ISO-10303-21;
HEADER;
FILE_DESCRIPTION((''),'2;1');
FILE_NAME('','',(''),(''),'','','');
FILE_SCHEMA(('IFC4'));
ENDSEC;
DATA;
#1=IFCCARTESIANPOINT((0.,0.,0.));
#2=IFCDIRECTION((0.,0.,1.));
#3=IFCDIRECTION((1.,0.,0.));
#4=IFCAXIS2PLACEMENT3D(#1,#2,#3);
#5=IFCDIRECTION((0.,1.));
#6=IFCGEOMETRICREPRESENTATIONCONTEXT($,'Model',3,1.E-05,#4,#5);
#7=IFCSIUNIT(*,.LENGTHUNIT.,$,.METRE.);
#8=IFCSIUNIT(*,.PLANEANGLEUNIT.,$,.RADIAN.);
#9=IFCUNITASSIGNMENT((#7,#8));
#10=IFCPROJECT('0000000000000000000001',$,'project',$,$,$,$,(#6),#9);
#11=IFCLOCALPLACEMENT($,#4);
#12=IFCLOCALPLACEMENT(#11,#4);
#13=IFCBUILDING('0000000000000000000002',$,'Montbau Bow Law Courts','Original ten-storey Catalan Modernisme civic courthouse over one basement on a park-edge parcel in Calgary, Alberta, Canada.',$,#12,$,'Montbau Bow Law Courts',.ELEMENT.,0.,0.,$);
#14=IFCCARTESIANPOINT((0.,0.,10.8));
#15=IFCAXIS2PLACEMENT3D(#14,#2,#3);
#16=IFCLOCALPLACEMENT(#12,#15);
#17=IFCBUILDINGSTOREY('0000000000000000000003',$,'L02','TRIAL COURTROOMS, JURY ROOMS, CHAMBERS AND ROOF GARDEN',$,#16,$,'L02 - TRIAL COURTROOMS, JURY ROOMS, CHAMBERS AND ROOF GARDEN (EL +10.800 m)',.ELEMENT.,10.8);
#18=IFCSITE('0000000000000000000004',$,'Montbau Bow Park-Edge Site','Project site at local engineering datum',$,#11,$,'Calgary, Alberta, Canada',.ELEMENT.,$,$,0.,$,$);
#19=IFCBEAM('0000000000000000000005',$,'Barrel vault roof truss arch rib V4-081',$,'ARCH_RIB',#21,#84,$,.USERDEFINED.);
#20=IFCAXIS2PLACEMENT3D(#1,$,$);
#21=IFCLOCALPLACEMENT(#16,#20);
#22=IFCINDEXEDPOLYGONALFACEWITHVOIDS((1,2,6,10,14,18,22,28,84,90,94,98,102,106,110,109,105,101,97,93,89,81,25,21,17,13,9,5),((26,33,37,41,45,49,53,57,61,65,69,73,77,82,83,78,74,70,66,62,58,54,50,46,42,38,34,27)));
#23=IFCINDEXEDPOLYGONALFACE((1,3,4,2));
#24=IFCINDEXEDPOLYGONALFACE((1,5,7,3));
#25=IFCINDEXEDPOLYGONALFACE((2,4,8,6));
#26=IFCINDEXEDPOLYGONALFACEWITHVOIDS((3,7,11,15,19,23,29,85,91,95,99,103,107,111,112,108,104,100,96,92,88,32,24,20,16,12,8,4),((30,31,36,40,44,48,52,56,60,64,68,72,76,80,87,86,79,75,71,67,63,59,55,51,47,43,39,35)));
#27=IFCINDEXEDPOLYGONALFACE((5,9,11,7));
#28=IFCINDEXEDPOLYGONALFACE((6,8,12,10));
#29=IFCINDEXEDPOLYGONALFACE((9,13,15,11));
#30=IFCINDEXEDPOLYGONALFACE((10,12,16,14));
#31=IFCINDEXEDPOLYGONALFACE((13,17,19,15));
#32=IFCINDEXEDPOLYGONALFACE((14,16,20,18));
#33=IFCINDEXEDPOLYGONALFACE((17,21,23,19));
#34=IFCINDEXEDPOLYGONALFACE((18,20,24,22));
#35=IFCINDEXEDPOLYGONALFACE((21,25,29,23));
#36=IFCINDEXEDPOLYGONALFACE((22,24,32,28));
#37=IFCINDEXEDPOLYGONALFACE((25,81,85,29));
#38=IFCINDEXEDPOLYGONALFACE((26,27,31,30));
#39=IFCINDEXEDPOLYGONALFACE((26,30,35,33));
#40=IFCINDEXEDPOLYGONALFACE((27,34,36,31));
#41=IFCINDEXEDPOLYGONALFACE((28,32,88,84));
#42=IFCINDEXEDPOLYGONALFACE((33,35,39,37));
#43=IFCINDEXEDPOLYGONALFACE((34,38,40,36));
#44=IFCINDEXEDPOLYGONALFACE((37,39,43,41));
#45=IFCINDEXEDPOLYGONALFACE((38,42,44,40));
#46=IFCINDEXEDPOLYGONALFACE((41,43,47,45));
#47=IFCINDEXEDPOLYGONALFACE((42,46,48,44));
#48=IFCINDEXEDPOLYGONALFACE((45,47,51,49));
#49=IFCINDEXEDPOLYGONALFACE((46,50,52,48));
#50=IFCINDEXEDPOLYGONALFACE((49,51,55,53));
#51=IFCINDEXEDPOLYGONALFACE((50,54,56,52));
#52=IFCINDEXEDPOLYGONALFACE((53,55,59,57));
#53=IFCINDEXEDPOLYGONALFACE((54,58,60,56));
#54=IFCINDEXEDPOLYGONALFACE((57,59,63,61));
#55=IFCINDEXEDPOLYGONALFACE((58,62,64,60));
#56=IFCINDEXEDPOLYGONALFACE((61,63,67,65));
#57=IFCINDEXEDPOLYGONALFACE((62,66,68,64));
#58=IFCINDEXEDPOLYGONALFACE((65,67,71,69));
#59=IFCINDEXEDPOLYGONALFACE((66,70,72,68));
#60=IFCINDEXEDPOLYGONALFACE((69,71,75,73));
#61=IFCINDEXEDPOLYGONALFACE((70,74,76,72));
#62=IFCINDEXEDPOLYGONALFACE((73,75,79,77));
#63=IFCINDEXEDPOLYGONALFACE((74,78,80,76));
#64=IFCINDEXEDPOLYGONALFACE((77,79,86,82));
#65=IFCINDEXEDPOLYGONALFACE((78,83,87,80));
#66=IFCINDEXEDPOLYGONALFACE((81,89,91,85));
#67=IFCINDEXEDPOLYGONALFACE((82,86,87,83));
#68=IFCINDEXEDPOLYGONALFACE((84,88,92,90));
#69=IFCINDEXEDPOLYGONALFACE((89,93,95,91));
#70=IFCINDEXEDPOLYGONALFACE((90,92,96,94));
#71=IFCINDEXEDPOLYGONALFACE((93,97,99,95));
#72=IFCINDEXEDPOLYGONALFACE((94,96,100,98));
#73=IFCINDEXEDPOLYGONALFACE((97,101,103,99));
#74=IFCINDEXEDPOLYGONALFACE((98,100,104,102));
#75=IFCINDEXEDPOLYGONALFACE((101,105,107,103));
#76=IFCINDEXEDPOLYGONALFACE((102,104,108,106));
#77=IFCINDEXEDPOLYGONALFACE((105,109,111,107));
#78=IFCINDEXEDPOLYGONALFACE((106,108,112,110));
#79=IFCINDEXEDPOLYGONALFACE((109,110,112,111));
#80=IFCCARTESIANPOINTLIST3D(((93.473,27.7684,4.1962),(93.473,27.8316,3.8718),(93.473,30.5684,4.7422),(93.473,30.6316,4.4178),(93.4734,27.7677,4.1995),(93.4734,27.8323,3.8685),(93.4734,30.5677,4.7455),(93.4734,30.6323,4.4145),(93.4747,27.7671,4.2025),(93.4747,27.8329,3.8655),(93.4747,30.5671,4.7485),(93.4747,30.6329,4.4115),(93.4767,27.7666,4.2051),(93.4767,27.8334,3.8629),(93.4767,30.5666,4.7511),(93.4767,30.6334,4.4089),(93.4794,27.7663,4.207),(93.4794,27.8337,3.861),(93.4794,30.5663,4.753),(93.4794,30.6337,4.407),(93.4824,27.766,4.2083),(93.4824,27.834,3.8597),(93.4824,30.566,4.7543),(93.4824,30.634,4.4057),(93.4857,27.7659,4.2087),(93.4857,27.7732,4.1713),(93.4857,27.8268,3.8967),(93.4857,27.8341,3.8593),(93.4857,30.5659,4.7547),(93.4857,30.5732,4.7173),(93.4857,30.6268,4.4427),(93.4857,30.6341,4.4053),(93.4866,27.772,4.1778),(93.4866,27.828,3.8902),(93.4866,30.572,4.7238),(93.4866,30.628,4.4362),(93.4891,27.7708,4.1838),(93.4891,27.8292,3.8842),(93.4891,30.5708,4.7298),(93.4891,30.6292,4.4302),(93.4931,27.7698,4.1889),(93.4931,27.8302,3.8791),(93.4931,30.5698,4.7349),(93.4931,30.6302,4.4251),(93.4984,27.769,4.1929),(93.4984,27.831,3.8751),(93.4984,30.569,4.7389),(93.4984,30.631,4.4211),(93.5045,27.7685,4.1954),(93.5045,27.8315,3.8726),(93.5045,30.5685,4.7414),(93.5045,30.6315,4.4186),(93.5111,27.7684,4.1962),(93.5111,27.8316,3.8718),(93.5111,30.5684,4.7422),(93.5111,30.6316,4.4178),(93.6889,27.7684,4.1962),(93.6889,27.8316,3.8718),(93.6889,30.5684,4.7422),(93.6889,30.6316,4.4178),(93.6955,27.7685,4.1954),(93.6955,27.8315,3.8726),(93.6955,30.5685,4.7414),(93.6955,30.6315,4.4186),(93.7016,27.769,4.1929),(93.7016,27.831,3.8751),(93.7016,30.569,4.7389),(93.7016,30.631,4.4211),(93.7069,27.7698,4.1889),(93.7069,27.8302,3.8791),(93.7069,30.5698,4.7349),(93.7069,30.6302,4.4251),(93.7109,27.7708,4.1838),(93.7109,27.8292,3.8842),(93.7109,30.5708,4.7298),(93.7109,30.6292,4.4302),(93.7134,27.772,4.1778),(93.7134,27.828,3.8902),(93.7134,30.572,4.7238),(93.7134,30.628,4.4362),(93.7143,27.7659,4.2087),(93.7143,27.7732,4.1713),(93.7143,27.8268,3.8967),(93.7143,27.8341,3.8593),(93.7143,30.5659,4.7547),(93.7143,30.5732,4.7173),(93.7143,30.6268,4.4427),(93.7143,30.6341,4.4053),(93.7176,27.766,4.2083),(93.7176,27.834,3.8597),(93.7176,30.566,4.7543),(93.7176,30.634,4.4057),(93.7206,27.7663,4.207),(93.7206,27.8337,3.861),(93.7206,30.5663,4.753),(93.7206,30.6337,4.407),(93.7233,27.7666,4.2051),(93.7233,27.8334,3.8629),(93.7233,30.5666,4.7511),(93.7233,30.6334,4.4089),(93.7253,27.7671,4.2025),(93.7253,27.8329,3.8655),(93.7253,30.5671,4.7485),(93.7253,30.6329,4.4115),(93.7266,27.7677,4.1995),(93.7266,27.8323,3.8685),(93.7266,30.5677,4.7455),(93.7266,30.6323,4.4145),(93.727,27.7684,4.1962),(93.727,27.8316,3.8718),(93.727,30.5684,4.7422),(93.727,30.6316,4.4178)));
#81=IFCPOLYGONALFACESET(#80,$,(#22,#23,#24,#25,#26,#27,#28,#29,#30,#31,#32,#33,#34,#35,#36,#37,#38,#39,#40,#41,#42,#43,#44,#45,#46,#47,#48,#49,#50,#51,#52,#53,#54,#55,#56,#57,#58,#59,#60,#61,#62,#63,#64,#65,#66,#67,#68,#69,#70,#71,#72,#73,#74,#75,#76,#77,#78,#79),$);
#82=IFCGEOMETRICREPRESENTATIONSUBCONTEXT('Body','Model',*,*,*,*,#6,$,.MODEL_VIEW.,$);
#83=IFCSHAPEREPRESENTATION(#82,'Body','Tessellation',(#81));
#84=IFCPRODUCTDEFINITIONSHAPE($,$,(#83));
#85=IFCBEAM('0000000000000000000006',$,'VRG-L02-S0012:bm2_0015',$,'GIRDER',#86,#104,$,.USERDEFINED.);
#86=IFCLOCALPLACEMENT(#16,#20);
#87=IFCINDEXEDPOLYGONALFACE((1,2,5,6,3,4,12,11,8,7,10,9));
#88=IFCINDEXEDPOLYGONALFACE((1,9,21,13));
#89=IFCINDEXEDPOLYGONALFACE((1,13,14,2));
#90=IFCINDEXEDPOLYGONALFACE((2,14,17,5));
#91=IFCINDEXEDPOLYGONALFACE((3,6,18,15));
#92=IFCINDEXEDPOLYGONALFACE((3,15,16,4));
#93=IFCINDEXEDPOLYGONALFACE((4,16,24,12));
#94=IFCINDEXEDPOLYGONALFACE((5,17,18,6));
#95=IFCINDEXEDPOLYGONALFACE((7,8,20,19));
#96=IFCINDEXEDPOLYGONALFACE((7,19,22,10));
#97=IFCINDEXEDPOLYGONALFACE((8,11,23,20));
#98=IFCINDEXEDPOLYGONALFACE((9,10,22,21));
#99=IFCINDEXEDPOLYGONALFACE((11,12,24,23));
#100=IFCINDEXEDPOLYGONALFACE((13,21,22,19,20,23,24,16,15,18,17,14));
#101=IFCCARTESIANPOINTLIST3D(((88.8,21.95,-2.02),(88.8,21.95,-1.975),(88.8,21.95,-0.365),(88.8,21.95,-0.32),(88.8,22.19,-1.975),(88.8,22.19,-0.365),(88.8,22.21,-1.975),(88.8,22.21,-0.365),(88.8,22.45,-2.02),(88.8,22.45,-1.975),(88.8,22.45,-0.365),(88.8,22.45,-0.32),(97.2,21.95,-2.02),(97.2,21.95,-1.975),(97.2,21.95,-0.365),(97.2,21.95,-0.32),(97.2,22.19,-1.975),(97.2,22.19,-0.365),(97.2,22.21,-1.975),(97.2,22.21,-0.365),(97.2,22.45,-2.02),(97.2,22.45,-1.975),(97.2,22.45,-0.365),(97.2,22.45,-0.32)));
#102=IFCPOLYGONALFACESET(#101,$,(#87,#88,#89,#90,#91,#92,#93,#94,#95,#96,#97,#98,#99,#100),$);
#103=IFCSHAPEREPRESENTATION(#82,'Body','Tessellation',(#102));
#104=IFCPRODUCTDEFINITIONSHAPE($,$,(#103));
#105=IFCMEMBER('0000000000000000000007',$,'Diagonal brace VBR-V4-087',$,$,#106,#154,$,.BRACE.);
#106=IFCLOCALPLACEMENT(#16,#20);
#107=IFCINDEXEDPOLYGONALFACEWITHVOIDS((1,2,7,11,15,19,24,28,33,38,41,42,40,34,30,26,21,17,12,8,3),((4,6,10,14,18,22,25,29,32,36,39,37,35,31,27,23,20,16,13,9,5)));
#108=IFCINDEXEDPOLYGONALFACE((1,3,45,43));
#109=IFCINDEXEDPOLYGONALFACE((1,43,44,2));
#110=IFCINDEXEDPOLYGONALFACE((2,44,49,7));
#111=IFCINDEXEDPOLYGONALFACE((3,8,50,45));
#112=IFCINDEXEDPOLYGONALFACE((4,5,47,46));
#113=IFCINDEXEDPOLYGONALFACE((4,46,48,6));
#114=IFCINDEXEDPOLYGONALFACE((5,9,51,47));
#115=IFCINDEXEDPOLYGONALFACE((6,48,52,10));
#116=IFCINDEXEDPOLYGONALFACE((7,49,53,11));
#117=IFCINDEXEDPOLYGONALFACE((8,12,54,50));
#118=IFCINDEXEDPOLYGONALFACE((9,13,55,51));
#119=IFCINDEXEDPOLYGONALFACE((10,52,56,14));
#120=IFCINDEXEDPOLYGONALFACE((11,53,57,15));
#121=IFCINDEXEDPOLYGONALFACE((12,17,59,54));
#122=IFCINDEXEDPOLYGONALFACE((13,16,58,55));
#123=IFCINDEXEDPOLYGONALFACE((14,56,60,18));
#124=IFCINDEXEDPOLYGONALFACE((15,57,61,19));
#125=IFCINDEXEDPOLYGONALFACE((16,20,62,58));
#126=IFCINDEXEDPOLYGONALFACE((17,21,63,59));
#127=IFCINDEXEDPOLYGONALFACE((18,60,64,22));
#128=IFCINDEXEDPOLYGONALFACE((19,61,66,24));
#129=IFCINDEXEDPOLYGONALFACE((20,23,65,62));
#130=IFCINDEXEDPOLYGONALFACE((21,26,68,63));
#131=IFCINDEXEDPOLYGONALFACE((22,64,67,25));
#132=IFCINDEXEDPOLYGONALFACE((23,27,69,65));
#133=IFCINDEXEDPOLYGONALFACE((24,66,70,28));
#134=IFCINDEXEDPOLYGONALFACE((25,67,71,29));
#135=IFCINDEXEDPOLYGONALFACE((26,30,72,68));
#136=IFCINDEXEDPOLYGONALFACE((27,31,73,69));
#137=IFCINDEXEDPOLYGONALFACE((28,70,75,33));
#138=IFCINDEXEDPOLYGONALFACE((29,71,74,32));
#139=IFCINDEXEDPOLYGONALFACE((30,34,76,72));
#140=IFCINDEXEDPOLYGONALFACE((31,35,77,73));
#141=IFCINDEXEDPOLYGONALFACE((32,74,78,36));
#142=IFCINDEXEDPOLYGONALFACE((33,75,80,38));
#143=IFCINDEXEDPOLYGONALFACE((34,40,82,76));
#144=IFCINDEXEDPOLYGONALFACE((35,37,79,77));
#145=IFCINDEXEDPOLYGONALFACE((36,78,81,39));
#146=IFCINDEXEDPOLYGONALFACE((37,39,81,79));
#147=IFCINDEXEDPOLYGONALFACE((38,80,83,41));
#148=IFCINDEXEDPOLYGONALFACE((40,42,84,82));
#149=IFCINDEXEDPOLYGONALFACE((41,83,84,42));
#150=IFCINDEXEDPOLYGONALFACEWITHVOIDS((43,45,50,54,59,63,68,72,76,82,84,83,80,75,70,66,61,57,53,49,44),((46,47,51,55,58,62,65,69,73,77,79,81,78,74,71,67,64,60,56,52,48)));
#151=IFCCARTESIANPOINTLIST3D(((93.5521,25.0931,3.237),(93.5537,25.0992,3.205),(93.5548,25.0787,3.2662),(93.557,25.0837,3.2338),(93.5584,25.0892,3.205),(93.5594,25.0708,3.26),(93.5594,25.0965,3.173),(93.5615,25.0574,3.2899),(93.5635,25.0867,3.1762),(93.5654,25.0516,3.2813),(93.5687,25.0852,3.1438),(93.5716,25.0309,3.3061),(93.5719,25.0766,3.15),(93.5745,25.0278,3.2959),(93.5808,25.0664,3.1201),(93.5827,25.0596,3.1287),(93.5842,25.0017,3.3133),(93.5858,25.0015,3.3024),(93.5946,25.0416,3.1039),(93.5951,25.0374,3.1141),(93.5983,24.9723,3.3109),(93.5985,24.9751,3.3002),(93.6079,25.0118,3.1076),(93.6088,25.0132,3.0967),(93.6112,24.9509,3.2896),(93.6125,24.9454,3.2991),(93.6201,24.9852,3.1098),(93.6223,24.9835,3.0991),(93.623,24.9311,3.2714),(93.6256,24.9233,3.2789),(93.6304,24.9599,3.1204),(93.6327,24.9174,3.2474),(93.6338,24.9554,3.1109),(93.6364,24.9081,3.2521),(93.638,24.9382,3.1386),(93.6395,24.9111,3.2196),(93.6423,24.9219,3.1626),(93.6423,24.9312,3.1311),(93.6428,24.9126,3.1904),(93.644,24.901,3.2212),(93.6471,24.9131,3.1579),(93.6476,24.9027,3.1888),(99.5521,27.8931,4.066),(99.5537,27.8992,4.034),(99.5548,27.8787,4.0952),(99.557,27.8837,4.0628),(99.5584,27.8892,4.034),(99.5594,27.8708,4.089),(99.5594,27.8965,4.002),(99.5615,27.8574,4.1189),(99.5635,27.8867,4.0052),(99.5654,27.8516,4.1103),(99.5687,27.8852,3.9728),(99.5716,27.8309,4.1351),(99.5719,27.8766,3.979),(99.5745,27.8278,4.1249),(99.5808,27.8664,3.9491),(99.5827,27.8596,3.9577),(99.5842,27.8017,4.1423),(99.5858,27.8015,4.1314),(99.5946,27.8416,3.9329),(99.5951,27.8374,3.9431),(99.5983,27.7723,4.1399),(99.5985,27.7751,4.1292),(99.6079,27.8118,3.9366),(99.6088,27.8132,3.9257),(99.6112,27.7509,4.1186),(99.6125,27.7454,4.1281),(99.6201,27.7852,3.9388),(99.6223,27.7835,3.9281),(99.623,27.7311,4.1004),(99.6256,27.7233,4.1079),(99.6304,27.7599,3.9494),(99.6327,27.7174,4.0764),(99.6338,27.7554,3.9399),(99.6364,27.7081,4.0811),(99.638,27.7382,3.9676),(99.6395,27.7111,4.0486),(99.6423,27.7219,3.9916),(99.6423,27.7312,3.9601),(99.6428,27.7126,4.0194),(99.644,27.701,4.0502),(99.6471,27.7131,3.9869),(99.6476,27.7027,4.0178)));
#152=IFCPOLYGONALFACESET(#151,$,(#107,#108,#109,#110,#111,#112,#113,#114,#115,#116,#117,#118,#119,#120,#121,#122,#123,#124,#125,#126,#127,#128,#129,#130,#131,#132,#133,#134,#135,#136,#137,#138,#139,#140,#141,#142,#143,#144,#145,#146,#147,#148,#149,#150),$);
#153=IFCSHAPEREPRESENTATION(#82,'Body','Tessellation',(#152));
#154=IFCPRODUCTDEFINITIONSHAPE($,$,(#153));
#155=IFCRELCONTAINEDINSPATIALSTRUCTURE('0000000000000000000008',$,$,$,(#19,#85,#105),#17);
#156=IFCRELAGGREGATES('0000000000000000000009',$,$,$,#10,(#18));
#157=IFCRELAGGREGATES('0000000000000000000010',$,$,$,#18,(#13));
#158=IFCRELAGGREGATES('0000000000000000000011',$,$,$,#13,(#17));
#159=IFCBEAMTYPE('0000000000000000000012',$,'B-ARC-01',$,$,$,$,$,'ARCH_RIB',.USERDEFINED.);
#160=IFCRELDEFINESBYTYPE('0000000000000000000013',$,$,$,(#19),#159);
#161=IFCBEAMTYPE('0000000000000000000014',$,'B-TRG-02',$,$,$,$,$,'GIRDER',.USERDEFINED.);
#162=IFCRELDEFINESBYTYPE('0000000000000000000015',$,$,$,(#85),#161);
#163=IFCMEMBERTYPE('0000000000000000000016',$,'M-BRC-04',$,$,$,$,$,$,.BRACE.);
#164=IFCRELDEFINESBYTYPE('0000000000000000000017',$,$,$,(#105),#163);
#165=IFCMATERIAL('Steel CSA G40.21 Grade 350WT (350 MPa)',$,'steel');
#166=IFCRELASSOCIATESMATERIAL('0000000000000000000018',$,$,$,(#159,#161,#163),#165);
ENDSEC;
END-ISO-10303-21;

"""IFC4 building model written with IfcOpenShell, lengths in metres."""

from ifc_helpers import new_model, si_unit, direction, frame, origin_with_axes, origin_2d_with_axis, place, context, subcontext, project, spatial, hollow_rectangle, hollow_circle, i_section, extrude, material, material_profile, profile_set, type_object, element, save


model = new_model("IFC4")

# Units and contexts
model_context = context("Model", 3, precision=1e-05, world=origin_with_axes(), true_north=direction((0.0, 1.0)))
body_context = subcontext(model_context, "Body", "Model", "MODEL_VIEW")
ifc_project = project(units=[si_unit("LENGTHUNIT", "METRE"), si_unit("PLANEANGLEUNIT", "RADIAN")], contexts=[model_context])

# Site, building, storey
site_placement = place(None, origin_with_axes())
site = spatial("IfcSite", under=ifc_project, at=site_placement, Name="Montbau Bow Park-Edge Site", Description="Project site at local engineering datum", LongName="Calgary, Alberta, Canada", CompositionType="ELEMENT", RefElevation=0.0)
building_placement = place(site_placement, origin_with_axes())
building = spatial("IfcBuilding", under=site, at=building_placement, Name="Montbau Bow Law Courts", Description="Original ten-storey Catalan Modernisme civic courthouse over one basement on a park-edge parcel in Calgary, Alberta, Canada.", LongName="Montbau Bow Law Courts", CompositionType="ELEMENT", ElevationOfRefHeight=0.0, ElevationOfTerrain=0.0)
storey_placement = place(building_placement, frame((0.0, 0.0, 10.8), z_axis=(0.0, 0.0, 1.0), x_axis=(1.0, 0.0, 0.0)))
storey = spatial("IfcBuildingStorey", under=building, at=storey_placement, Name="L02", Description="TRIAL COURTROOMS, JURY ROOMS, CHAMBERS AND ROOF GARDEN", LongName="L02 - TRIAL COURTROOMS, JURY ROOMS, CHAMBERS AND ROOF GARDEN (EL +10.800 m)", CompositionType="ELEMENT", Elevation=10.8)

# Beams
ifc_material_1 = material(Name="Steel CSA G40.21 Grade 350WT (350 MPa)", Category="steel")
ifc_material_profile_1 = material_profile(ifc_material_1, hollow_rectangle(XDim=0.254, YDim=0.356, WallThickness=0.0127, InnerFilletRadius=0.0254, OuterFilletRadius=0.0127, at=origin_2d_with_axis()), Name="HSS356X254X13", Category="Main", Priority=0)
ifc_profile_set_1 = profile_set([ifc_material_profile_1], Name="Steel CSA G40.21 Grade 350WT (350 MPa)")
beam_type_1 = type_object("IfcBeamType", Name="B-ARC-01", ElementType="ARCH_RIB", PredefinedType="USERDEFINED", material=ifc_profile_set_1)
beam_1_placement = place(None, frame((93.6, 27.8, 14.834), z_axis=(0.0, 0.981513, 0.191395), x_axis=(-1.0, 0.0, 0.0)))
element("IfcBeam", 1, at=beam_1_placement, inside=storey, type_object=beam_type_1, Name="Barrel vault roof truss arch rib V4-081", ObjectType="ARCH_RIB", PredefinedType="USERDEFINED", context=body_context, shape_type="SweptSolid", body=[
    extrude(hollow_rectangle(XDim=0.254, YDim=0.356, WallThickness=0.0127, InnerFilletRadius=0.0254, OuterFilletRadius=0.0127, at=origin_2d_with_axis()), origin_with_axes(), (0.0, 0.0, 1.0), 2.8527),
])
ifc_material_profile_2 = material_profile(ifc_material_1, i_section(OverallWidth=0.5, OverallDepth=1.7, WebThickness=0.02, FlangeThickness=0.045, at=origin_2d_with_axis()), Name="WWF1700X480", Category="Main", Priority=0)
ifc_profile_set_2 = profile_set([ifc_material_profile_2], Name="Steel CSA G40.21 Grade 350WT (350 MPa)")
beam_type_2 = type_object("IfcBeamType", Name="B-TRG-02", ElementType="GIRDER", PredefinedType="USERDEFINED", material=ifc_profile_set_2)
beam_2_placement = place(None, frame((88.8, 22.2, 9.63), z_axis=(1.0, 0.0, 0.0), x_axis=(0.0, 1.0, 0.0)))
element("IfcBeam", 2, at=beam_2_placement, inside=storey, type_object=beam_type_2, Name="VRG-L02-S0012:bm2_0015", ObjectType="GIRDER", PredefinedType="USERDEFINED", context=body_context, shape_type="SweptSolid", body=[
    extrude(i_section(OverallWidth=0.5, OverallDepth=1.7, WebThickness=0.02, FlangeThickness=0.045, at=origin_2d_with_axis()), origin_with_axes(), (0.0, 0.0, 1.0), 8.4),
])

# Member
ifc_material_profile_3 = material_profile(ifc_material_1, hollow_circle(Radius=0.1095, WallThickness=0.0111, at=origin_2d_with_axis()), Name="HSS219X11", Category="Main", Priority=0)
ifc_profile_set_3 = profile_set([ifc_material_profile_3], Name="Steel CSA G40.21 Grade 350WT (350 MPa)")
member_type_1 = type_object("IfcMemberType", Name="M-BRC-04", PredefinedType="BRACE", material=ifc_profile_set_3)
member_1_placement = place(None, frame((93.6, 25.0, 14.005), z_axis=(0.899163, 0.419609, 0.124234), x_axis=(-0.422885, 0.906183, 0.0)))
element("IfcMember", 3, at=member_1_placement, inside=storey, type_object=member_type_1, Name="Diagonal brace VBR-V4-087", PredefinedType="BRACE", context=body_context, shape_type="SweptSolid", body=[
    extrude(hollow_circle(Radius=0.1095, WallThickness=0.0111, at=origin_2d_with_axis()), origin_with_axes(), (0.0, 0.0, 1.0), 6.6729),
])

save(model, "model.ifc")
